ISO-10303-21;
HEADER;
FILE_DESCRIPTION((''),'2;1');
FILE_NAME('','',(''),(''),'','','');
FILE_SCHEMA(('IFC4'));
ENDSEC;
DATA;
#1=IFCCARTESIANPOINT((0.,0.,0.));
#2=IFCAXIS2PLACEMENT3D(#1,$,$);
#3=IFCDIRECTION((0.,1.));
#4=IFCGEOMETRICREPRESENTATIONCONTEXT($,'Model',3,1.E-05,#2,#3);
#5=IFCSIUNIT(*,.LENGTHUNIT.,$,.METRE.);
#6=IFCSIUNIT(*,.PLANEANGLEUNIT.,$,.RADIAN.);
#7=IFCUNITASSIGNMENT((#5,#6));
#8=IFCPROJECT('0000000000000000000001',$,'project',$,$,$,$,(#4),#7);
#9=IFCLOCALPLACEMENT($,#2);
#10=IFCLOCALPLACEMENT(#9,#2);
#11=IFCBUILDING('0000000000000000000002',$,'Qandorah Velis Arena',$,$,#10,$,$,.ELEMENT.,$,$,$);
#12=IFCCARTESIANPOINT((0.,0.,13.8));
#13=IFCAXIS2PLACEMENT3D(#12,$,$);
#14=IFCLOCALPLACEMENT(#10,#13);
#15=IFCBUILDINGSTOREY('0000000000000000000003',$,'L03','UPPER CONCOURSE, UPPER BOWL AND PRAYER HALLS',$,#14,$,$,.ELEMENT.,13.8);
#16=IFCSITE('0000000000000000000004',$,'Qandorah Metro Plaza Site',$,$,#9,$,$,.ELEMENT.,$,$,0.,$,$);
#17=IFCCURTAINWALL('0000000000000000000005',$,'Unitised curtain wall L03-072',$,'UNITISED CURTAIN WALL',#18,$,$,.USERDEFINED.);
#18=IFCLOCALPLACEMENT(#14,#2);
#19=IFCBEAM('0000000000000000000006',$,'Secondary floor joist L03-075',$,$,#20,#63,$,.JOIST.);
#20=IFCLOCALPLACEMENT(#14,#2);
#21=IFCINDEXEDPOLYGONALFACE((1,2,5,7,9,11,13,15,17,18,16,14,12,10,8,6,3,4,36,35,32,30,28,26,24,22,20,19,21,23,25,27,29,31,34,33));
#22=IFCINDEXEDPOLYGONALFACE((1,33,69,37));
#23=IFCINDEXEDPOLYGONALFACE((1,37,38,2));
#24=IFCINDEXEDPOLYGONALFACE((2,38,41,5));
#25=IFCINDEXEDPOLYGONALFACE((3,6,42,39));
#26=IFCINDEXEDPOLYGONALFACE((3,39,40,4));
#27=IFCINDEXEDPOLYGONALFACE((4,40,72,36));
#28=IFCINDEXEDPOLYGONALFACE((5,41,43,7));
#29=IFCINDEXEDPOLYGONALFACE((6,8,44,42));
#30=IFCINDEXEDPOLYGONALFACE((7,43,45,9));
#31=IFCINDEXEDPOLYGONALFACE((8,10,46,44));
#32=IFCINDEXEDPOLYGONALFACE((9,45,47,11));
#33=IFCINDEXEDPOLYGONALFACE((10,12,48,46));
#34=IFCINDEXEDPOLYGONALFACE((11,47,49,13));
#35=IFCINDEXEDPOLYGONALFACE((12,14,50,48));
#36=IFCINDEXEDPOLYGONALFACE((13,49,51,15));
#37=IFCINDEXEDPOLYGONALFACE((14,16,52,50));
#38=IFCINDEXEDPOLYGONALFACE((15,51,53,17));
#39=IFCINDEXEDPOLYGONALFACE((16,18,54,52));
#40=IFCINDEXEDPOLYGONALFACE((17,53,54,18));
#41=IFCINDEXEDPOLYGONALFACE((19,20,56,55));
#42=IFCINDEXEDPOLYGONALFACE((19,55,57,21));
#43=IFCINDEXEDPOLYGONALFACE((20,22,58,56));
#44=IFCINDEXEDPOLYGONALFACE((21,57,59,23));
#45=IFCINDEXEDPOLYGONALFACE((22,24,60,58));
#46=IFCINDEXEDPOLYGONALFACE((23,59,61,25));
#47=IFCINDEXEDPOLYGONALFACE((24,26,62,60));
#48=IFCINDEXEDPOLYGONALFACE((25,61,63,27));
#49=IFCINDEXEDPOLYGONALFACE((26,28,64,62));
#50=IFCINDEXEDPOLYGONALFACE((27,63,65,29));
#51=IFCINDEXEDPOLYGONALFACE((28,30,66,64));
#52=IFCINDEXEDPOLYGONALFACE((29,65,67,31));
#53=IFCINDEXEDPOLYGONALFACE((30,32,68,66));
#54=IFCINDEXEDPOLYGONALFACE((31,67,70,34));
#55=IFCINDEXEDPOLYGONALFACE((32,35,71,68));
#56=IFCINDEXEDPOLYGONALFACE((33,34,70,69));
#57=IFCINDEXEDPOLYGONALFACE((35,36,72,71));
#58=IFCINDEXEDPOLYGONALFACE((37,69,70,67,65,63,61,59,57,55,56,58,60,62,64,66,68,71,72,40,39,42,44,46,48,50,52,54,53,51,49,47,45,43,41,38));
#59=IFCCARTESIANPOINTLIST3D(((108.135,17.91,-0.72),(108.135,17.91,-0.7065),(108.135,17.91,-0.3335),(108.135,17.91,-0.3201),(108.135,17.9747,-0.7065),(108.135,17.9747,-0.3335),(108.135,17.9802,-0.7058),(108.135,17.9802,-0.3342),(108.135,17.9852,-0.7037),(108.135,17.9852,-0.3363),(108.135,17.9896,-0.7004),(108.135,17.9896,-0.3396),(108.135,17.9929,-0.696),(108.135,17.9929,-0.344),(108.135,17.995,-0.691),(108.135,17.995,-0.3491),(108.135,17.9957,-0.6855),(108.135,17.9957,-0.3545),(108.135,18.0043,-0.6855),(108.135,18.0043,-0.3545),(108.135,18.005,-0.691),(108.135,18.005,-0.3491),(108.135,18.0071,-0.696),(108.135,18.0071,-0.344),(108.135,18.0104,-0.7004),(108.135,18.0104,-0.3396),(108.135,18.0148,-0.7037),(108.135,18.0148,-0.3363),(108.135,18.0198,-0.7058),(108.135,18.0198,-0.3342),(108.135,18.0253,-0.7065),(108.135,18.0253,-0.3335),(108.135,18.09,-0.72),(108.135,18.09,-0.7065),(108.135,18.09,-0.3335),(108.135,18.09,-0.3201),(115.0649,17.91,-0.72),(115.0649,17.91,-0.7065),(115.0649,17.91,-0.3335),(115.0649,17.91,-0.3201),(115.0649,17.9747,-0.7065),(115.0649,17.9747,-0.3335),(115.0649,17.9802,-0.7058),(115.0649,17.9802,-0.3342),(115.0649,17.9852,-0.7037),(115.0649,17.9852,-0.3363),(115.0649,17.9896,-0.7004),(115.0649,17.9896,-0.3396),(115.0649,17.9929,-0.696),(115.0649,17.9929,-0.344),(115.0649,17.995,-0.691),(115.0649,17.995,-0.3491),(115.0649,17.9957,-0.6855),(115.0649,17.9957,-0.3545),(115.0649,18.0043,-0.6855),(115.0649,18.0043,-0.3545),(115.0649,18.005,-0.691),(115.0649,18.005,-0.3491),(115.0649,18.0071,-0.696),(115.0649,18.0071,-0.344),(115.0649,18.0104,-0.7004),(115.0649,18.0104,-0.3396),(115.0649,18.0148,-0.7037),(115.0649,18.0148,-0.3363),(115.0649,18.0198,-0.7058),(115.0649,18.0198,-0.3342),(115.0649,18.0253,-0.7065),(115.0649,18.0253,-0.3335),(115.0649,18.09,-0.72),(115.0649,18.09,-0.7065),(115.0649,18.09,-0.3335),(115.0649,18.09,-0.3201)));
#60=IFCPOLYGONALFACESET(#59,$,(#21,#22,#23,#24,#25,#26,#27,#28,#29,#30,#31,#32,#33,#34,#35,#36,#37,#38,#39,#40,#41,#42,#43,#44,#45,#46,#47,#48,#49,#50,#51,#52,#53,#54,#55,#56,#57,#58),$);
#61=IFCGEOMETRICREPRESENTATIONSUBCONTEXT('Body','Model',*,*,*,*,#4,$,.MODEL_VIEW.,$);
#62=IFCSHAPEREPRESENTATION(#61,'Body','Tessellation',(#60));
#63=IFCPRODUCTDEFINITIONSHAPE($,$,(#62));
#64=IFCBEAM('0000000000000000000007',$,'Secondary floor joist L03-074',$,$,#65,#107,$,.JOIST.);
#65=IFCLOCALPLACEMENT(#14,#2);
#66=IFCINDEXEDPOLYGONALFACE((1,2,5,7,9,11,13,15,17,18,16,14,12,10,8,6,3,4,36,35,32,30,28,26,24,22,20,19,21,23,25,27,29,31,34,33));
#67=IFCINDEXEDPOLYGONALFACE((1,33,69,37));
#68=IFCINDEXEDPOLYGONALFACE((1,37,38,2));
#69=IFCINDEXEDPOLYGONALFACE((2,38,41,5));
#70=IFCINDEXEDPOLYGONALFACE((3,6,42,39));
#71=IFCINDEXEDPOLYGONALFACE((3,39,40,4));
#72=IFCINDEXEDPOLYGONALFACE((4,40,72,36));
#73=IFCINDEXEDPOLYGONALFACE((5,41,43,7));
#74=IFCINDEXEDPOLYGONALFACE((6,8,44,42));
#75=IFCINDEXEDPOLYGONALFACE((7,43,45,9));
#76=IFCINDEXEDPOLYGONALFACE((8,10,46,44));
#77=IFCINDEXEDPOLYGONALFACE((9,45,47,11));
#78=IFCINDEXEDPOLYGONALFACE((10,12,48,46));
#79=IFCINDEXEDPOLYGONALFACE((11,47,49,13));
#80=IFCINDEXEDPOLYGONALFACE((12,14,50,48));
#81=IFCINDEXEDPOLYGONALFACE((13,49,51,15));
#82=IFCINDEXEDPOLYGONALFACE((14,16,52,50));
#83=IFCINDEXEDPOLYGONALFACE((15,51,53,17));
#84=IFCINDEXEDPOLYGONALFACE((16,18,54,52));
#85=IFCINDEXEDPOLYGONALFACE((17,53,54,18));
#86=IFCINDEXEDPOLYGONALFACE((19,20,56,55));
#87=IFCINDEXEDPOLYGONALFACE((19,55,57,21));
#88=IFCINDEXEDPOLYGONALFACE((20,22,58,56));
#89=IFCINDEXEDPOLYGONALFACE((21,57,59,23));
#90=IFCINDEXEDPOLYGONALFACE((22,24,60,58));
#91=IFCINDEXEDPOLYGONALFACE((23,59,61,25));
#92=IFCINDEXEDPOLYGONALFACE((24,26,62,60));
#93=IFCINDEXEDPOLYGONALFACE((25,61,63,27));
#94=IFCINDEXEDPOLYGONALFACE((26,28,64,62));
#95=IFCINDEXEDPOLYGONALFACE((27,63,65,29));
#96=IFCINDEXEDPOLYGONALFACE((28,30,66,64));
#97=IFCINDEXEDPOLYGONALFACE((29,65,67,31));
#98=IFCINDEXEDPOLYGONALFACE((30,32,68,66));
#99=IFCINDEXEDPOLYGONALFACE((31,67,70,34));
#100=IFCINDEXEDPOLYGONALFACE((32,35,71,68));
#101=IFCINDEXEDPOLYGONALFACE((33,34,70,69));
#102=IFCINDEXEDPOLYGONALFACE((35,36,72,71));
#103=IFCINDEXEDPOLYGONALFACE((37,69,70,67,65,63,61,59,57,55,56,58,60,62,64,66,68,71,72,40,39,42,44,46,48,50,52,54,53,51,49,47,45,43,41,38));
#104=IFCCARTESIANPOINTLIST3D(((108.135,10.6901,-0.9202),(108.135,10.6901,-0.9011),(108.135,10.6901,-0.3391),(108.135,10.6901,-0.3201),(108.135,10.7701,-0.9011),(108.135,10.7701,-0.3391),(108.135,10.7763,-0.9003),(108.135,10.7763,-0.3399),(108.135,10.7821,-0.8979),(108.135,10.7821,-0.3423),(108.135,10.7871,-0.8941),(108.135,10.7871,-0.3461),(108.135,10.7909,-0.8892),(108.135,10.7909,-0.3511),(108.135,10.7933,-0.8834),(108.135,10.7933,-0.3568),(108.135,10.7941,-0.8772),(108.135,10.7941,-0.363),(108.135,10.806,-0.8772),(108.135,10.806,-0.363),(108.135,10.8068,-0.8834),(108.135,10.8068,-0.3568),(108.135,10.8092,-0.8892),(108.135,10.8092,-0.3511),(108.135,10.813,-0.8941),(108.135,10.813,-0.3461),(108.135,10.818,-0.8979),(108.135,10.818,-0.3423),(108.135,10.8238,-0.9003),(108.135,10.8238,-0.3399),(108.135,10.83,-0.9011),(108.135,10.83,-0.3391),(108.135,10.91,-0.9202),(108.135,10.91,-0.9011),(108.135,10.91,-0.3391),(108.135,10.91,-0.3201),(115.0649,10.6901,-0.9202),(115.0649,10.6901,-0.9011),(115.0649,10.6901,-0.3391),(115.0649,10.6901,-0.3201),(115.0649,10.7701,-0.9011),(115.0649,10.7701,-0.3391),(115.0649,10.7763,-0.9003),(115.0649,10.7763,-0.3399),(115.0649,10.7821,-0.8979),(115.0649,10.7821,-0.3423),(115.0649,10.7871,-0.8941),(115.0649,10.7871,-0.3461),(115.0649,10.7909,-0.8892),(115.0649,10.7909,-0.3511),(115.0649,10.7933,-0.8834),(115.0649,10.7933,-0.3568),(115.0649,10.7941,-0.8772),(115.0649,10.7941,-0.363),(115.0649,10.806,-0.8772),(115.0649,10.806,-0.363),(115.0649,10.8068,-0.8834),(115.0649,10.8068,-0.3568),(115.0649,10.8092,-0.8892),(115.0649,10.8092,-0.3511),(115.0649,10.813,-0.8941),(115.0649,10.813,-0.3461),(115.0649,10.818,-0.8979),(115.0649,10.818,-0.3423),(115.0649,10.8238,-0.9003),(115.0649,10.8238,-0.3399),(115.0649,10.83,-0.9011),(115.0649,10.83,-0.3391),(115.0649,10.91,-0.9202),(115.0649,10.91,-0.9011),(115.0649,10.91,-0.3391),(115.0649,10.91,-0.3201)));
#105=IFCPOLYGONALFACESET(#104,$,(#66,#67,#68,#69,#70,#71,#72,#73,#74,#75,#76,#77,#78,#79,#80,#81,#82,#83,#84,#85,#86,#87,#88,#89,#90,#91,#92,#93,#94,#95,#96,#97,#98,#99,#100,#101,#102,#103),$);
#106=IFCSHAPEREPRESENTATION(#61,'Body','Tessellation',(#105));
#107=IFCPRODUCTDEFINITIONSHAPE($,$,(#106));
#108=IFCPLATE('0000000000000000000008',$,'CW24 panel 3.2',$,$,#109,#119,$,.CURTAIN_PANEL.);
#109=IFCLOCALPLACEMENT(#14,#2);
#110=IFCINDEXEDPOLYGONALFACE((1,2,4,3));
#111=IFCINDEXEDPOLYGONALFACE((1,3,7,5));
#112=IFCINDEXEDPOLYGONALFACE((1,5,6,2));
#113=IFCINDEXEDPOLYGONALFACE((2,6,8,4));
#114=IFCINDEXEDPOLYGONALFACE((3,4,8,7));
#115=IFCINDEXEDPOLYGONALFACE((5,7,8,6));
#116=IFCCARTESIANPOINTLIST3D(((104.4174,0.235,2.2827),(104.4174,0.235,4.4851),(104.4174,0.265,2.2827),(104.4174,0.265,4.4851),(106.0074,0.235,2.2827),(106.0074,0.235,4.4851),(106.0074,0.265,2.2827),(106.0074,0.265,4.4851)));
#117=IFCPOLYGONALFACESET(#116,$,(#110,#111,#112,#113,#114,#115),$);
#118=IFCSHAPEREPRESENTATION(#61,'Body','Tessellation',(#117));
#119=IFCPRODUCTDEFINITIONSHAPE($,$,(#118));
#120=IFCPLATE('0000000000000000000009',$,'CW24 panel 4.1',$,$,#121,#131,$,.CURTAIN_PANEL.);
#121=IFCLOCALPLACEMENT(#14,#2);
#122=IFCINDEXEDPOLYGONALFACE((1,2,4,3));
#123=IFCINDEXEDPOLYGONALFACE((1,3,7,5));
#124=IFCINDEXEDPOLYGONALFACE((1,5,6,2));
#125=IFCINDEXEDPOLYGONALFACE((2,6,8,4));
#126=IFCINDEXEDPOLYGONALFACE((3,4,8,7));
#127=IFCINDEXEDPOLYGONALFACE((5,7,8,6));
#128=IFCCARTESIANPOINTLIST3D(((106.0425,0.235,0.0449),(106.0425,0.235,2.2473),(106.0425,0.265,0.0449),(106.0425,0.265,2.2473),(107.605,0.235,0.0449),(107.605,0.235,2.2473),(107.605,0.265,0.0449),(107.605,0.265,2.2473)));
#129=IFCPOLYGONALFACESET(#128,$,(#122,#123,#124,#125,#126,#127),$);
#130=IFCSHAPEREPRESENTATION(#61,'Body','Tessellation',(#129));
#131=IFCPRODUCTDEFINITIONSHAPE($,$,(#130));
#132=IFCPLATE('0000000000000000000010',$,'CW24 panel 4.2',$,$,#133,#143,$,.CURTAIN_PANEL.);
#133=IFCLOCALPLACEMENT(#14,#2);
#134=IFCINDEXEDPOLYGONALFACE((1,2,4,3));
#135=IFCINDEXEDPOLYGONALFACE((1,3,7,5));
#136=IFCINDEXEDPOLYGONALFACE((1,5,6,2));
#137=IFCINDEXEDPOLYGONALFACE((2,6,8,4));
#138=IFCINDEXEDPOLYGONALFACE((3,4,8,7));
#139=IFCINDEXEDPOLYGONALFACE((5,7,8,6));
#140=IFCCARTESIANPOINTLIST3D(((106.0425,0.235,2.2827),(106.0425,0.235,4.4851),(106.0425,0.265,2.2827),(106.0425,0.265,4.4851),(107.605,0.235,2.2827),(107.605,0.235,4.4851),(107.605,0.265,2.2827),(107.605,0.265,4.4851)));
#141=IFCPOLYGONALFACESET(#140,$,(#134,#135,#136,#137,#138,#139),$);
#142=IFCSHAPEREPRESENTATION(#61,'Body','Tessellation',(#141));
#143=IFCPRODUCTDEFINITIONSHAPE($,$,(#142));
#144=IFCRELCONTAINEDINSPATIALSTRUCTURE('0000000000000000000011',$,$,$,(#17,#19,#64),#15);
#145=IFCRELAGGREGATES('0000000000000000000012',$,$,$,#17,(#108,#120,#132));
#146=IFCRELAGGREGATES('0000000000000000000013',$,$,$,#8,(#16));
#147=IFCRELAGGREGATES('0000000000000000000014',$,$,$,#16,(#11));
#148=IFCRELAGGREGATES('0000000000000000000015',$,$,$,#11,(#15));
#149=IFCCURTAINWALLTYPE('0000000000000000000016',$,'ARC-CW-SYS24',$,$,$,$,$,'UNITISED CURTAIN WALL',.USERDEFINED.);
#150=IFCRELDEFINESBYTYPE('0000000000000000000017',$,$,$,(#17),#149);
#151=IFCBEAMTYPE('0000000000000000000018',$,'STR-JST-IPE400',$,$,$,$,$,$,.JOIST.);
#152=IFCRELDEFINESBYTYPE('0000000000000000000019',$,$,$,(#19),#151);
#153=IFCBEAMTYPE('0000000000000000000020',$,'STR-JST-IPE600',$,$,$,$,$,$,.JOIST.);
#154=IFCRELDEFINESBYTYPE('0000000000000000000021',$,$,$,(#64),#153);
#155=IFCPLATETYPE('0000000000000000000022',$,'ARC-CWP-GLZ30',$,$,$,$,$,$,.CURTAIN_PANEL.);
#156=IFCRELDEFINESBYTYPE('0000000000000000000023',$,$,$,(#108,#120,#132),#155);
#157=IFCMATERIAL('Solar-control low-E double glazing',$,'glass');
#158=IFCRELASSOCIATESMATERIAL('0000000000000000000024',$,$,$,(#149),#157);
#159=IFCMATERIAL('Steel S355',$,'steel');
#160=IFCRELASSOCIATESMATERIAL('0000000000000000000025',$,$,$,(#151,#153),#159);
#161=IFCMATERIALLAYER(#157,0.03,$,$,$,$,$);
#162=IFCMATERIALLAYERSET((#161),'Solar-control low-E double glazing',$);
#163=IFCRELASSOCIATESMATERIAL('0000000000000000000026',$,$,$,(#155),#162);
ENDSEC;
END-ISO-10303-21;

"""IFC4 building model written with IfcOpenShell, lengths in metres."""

from ifc_helpers import new_model, si_unit, direction, frame, origin, origin_2d, place, context, subcontext, project, spatial, rectangle, i_section, extrude, material, layer, layer_set, material_profile, profile_set, type_object, element, aggregate, save


model = new_model("IFC4")

# Units and contexts
model_context = context("Model", 3, precision=1e-05, world=origin(), true_north=direction((0.0, 1.0)))
body_context = subcontext(model_context, "Body", "Model", "MODEL_VIEW")
ifc_project = project(units=[si_unit("LENGTHUNIT", "METRE"), si_unit("PLANEANGLEUNIT", "RADIAN")], contexts=[model_context])

# Site, building, storey
site_placement = place(None, origin())
site = spatial("IfcSite", under=ifc_project, at=site_placement, Name="Qandorah Metro Plaza Site", CompositionType="ELEMENT", RefElevation=0.0)
building_placement = place(site_placement, origin())
building = spatial("IfcBuilding", under=site, at=building_placement, Name="Qandorah Velis Arena", CompositionType="ELEMENT")
storey_placement = place(building_placement, frame((0.0, 0.0, 13.8)))
storey = spatial("IfcBuildingStorey", under=building, at=storey_placement, Name="L03", Description="UPPER CONCOURSE, UPPER BOWL AND PRAYER HALLS", CompositionType="ELEMENT", Elevation=13.8)

# Curtain wall
ifc_material_1 = material(Name="Solar-control low-E double glazing", Category="glass")
curtain_wall_type_1 = type_object("IfcCurtainWallType", Name="ARC-CW-SYS24", ElementType="UNITISED CURTAIN WALL", PredefinedType="USERDEFINED", material=ifc_material_1)
curtain_wall_1_placement = place(storey_placement, origin())
curtain_wall_1 = element("IfcCurtainWall", 1, at=curtain_wall_1_placement, inside=storey, type_object=curtain_wall_type_1, Name="Unitised curtain wall L03-072", ObjectType="UNITISED CURTAIN WALL", PredefinedType="USERDEFINED")

# Beams
ifc_material_2 = material(Name="Steel S355", Category="steel")
ifc_material_profile_1 = material_profile(ifc_material_2, i_section(OverallWidth=0.1799, OverallDepth=0.3999, WebThickness=0.0085, FlangeThickness=0.0134, FilletRadius=0.021, at=origin_2d()), Name="IPE 400")
ifc_profile_set_1 = profile_set([ifc_material_profile_1], Name="Steel S355")
beam_type_1 = type_object("IfcBeamType", Name="STR-JST-IPE400", PredefinedType="JOIST", material=ifc_profile_set_1)
for number, where, z_axis, x_axis, name in (
    (2, (108.135, 18.0, -0.52), (1.0, 0.0, 0.0), (0.0, 1.0, 0.0), "Secondary floor joist L03-075"),
):
    element("IfcBeam", number, at=place(storey_placement, frame(where, z_axis=z_axis, x_axis=x_axis)), inside=storey, type_object=beam_type_1, Name=name, PredefinedType="JOIST", context=body_context, shape_type="SweptSolid", body=[
        extrude(i_section(OverallWidth=0.1799, OverallDepth=0.3999, WebThickness=0.0085, FlangeThickness=0.0134, FilletRadius=0.021, at=origin_2d()), origin(), (0.0, 0.0, 1.0), 6.9299),
    ])
ifc_material_profile_2 = material_profile(ifc_material_2, i_section(OverallWidth=0.22, OverallDepth=0.6001, WebThickness=0.012, FlangeThickness=0.019, FilletRadius=0.0239, at=origin_2d()), Name="IPE 600")
ifc_profile_set_2 = profile_set([ifc_material_profile_2], Name="Steel S355")
beam_type_2 = type_object("IfcBeamType", Name="STR-JST-IPE600", PredefinedType="JOIST", material=ifc_profile_set_2)
beam_1_placement = place(storey_placement, frame((108.135, 10.8, -0.6201), z_axis=(1.0, 0.0, 0.0), x_axis=(0.0, 1.0, 0.0)))
element("IfcBeam", 3, at=beam_1_placement, inside=storey, type_object=beam_type_2, Name="Secondary floor joist L03-074", PredefinedType="JOIST", context=body_context, shape_type="SweptSolid", body=[
    extrude(i_section(OverallWidth=0.22, OverallDepth=0.6001, WebThickness=0.012, FlangeThickness=0.019, FilletRadius=0.0239, at=origin_2d()), origin(), (0.0, 0.0, 1.0), 6.9299),
])

# Plates
ifc_layer = layer(ifc_material_1, 0.03)
ifc_layer_set = layer_set([ifc_layer], Name="Solar-control low-E double glazing")
plate_type = type_object("IfcPlateType", Name="ARC-CWP-GLZ30", PredefinedType="CURTAIN_PANEL", material=ifc_layer_set)
plate_1_placement = place(storey_placement, frame((105.2124, 0.25, 2.2827), z_axis=(0.0, 0.0, 1.0), x_axis=(1.0, 0.0, 0.0)))
plate_1 = element("IfcPlate", 4, at=plate_1_placement, type_object=plate_type, Name="CW24 panel 3.2", PredefinedType="CURTAIN_PANEL", context=body_context, shape_type="SweptSolid", body=[
    extrude(rectangle(XDim=1.5901, YDim=0.03, at=origin_2d()), origin(), (0.0, 0.0, 1.0), 2.2024),
])
plate_2_placement = place(storey_placement, frame((106.8237, 0.25, 0.0449), z_axis=(0.0, 0.0, 1.0), x_axis=(1.0, 0.0, 0.0)))
plate_2 = element("IfcPlate", 5, at=plate_2_placement, type_object=plate_type, Name="CW24 panel 4.1", PredefinedType="CURTAIN_PANEL", context=body_context, shape_type="SweptSolid", body=[
    extrude(rectangle(XDim=1.5625, YDim=0.03, at=origin_2d()), origin(), (0.0, 0.0, 1.0), 2.2024),
])
plate_3_placement = place(storey_placement, frame((106.8237, 0.25, 2.2827), z_axis=(0.0, 0.0, 1.0), x_axis=(1.0, 0.0, 0.0)))
plate_3 = element("IfcPlate", 6, at=plate_3_placement, type_object=plate_type, Name="CW24 panel 4.2", PredefinedType="CURTAIN_PANEL", context=body_context, shape_type="SweptSolid", body=[
    extrude(rectangle(XDim=1.5625, YDim=0.03, at=origin_2d()), origin(), (0.0, 0.0, 1.0), 2.2024),
])
aggregate(curtain_wall_1, [plate_1, plate_2, plate_3])

save(model, "model.ifc")
